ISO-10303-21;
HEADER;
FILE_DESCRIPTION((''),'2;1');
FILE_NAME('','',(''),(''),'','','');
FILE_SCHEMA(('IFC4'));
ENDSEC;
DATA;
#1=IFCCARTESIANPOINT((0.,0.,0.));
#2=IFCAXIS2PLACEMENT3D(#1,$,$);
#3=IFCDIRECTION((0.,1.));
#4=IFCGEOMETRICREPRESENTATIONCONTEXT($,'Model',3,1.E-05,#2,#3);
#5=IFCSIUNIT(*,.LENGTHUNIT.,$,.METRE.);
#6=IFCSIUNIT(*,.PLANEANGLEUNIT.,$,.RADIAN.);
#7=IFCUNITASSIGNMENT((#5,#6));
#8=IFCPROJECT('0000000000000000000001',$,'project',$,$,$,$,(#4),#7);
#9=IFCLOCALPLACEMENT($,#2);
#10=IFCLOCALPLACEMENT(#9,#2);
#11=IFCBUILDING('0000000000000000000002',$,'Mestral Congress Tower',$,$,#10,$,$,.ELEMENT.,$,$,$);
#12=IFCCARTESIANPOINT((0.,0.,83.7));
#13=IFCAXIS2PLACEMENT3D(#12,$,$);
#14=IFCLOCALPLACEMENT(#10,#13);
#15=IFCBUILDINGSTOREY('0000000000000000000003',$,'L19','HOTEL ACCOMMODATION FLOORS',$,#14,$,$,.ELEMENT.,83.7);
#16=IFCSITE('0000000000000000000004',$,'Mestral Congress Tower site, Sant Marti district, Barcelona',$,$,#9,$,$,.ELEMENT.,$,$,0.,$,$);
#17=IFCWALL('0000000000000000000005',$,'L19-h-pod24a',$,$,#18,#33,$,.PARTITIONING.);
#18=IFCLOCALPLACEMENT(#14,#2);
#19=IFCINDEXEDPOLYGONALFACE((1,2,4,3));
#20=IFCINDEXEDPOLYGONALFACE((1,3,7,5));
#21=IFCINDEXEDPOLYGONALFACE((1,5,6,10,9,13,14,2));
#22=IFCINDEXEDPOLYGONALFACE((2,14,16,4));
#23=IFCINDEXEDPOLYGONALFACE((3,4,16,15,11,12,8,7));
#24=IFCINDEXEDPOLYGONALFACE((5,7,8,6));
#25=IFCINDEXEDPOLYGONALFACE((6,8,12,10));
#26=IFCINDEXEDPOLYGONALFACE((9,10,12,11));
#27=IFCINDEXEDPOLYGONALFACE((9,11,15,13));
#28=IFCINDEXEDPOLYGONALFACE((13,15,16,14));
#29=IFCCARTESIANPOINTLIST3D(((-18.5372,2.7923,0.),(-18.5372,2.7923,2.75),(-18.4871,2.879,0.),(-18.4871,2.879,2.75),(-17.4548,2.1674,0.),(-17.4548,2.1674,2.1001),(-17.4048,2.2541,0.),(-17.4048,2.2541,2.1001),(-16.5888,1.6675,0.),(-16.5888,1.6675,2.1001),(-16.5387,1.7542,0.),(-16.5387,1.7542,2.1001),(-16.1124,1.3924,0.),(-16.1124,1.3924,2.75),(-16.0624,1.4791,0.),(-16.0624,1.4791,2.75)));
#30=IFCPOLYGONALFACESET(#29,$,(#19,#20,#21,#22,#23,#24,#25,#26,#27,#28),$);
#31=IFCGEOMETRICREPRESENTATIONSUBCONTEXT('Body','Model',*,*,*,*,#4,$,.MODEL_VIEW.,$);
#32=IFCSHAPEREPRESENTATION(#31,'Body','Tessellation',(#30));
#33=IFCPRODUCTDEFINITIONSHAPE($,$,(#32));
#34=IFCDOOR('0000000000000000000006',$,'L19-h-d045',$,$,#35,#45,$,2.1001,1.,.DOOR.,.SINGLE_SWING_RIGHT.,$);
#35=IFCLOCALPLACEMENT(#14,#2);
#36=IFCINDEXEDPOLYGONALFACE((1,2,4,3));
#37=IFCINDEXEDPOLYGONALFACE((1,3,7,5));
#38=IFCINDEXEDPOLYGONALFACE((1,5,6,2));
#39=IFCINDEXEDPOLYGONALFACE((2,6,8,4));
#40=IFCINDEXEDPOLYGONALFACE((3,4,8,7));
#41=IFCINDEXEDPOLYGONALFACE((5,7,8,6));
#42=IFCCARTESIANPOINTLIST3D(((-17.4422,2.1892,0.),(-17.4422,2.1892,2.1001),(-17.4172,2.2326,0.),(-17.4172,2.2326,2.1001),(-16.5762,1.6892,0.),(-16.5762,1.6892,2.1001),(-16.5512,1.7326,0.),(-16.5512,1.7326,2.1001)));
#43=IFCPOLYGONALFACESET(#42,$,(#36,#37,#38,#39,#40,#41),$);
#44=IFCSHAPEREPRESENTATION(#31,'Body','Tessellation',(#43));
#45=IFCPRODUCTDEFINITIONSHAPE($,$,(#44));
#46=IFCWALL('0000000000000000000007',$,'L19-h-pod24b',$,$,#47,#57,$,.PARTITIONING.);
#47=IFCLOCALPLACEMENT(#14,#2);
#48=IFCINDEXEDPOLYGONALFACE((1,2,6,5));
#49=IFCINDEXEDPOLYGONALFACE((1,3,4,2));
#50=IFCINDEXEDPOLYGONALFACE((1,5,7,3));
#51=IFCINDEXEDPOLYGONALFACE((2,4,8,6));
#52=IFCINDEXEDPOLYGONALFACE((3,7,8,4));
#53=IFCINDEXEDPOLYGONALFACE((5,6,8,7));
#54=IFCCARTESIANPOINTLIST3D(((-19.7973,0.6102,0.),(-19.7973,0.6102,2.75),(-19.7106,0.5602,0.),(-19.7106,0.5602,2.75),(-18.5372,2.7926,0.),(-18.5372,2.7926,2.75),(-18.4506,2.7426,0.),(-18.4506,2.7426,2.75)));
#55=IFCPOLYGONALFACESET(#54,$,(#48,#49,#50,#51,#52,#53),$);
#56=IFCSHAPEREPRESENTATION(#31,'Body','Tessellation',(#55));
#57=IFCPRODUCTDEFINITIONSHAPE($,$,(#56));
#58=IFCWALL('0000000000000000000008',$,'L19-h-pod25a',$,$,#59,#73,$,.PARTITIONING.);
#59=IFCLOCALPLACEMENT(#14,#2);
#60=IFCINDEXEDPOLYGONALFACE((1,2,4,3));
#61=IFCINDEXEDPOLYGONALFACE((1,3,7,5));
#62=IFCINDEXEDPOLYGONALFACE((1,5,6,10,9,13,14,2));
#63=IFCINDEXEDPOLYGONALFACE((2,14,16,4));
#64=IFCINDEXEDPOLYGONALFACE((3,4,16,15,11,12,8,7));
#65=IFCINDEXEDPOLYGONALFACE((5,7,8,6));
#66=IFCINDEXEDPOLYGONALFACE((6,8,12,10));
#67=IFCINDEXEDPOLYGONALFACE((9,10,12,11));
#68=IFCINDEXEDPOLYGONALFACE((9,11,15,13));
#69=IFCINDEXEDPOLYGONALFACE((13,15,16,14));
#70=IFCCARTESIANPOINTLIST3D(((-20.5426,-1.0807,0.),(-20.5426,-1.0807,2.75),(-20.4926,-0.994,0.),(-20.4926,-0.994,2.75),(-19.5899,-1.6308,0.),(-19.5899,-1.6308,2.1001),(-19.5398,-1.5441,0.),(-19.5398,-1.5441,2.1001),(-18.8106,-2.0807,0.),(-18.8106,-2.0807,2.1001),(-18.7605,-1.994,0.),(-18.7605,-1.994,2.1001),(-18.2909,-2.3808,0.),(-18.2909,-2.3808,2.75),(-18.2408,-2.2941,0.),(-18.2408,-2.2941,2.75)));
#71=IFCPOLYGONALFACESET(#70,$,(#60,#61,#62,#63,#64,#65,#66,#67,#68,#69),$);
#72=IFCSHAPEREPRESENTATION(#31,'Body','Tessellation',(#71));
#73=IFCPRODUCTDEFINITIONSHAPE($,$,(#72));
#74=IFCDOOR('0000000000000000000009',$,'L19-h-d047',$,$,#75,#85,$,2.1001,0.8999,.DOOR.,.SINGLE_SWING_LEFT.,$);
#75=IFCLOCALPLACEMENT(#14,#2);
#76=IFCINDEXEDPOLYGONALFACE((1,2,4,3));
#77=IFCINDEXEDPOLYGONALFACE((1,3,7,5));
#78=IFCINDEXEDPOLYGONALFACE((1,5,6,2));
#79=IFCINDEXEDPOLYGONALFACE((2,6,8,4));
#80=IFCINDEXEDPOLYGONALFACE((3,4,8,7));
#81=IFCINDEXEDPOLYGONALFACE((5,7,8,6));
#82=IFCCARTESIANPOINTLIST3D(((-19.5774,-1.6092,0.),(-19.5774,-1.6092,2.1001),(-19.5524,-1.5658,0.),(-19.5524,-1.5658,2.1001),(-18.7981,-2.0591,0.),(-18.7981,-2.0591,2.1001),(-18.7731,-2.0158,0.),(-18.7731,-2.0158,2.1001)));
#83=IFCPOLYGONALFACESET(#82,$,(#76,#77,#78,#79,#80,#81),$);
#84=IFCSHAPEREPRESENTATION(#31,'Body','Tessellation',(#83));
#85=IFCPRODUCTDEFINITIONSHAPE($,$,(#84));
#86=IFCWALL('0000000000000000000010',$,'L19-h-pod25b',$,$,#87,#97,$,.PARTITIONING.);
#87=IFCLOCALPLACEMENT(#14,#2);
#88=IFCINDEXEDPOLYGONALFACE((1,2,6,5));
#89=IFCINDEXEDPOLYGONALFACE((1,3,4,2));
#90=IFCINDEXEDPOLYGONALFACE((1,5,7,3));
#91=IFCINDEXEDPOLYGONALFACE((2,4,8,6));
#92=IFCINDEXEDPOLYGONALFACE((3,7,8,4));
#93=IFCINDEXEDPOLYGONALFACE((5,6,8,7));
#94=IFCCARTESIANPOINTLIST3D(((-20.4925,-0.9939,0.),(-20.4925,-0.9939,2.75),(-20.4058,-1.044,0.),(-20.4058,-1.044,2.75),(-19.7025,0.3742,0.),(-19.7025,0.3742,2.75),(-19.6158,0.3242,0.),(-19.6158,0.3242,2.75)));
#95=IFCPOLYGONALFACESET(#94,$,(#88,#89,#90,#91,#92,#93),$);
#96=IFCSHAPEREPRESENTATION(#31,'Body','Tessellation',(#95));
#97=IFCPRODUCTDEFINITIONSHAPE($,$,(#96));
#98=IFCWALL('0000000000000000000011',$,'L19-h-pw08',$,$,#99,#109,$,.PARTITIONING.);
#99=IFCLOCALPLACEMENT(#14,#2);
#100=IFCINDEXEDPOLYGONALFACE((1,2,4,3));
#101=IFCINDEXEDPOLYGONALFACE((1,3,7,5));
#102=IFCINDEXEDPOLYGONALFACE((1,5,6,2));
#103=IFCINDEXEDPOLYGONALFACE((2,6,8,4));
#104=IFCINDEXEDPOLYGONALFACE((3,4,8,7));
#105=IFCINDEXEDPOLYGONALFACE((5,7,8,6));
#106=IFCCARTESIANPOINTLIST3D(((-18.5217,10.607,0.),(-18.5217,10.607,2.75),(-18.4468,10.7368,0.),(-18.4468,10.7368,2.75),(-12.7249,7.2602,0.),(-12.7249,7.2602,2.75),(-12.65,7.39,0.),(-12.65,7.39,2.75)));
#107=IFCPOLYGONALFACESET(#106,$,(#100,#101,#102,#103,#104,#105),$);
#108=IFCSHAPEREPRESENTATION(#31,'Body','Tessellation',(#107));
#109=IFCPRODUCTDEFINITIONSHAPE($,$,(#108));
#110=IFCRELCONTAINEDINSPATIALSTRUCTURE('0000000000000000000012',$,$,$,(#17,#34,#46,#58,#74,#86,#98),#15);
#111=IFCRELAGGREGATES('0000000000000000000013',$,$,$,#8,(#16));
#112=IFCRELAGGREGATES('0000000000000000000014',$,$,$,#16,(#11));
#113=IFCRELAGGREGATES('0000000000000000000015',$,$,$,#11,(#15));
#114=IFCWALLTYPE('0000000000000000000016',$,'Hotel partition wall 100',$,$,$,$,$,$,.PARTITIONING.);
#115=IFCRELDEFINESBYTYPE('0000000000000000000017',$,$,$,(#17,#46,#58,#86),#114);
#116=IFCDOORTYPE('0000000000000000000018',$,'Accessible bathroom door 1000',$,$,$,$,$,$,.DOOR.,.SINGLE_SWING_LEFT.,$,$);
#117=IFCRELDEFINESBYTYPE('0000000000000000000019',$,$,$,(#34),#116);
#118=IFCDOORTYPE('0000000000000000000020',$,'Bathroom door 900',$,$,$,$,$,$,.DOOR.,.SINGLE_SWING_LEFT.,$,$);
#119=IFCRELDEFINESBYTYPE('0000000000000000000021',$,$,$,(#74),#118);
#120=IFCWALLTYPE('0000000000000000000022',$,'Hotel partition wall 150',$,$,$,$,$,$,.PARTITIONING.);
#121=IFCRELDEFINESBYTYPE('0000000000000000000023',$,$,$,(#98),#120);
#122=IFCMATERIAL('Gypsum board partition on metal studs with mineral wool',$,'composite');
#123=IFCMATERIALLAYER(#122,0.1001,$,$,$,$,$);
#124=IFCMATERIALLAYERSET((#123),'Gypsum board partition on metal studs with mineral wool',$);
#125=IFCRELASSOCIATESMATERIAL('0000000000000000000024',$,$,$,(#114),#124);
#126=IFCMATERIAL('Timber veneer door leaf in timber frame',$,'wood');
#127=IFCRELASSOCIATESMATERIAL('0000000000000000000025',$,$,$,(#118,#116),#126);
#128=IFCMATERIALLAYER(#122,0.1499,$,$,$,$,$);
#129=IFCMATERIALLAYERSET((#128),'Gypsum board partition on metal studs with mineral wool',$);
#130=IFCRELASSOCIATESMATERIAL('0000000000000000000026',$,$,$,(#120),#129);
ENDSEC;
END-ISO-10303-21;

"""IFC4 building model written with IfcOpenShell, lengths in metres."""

from ifc_helpers import new_model, si_unit, direction, frame, frame_2d, origin, place, context, subcontext, project, spatial, rectangle, extrude, material, layer, layer_set, type_object, element, fill, save


model = new_model("IFC4")

# Units and contexts
model_context = context("Model", 3, precision=1e-05, world=origin(), true_north=direction((0.0, 1.0)))
body_context = subcontext(model_context, "Body", "Model", "MODEL_VIEW")
ifc_project = project(units=[si_unit("LENGTHUNIT", "METRE"), si_unit("PLANEANGLEUNIT", "RADIAN")], contexts=[model_context])

# Site, building, storey
site_placement = place(None, origin())
site = spatial("IfcSite", under=ifc_project, at=site_placement, Name="Mestral Congress Tower site, Sant Marti district, Barcelona", CompositionType="ELEMENT", RefElevation=0.0)
building_placement = place(site_placement, origin())
building = spatial("IfcBuilding", under=site, at=building_placement, Name="Mestral Congress Tower", CompositionType="ELEMENT")
storey_placement = place(building_placement, frame((0.0, 0.0, 83.7)))
storey = spatial("IfcBuildingStorey", under=building, at=storey_placement, Name="L19", Description="HOTEL ACCOMMODATION FLOORS", CompositionType="ELEMENT", Elevation=83.7)

# Shared definitions
ifc_material_1 = material(Name="Gypsum board partition on metal studs with mineral wool", Category="composite")
ifc_layer_1 = layer(ifc_material_1, 0.1001)
ifc_layer_set_1 = layer_set([ifc_layer_1], Name="Gypsum board partition on metal studs with mineral wool")
wall_type_1 = type_object("IfcWallType", Name="Hotel partition wall 100", PredefinedType="PARTITIONING", material=ifc_layer_set_1)
ifc_material_2 = material(Name="Timber veneer door leaf in timber frame", Category="wood")
door_type_1 = type_object("IfcDoorType", Name="Bathroom door 900", OperationType="SINGLE_SWING_LEFT", PredefinedType="DOOR", material=ifc_material_2)

# Wall, opening, door
wall_1_placement = place(storey_placement, frame((-16.0874, 1.4358, 0.0), z_axis=(0.0, 0.0, 1.0), x_axis=(-0.866035, 0.499984, 0.0)))
wall_1 = element("IfcWall", 1, at=wall_1_placement, inside=storey, type_object=wall_type_1, Name="L19-h-pod24a", PredefinedType="PARTITIONING", context=body_context, shape_type="SweptSolid", body=[
    extrude(rectangle(XDim=2.7998, YDim=0.1001, at=frame_2d((1.3999, 0.0))), origin(), (0.0, 0.0, 1.0), 2.75),
])
opening_1_placement = place(wall_1_placement, frame((0.55, 0.0, 0.0)))
opening_1 = element("IfcOpeningElement", 2, at=opening_1_placement, cuts=wall_1, PredefinedType="OPENING", context=body_context, shape_type="SweptSolid", body=[
    extrude(rectangle(XDim=1.0, YDim=2.1001, at=frame_2d((0.5, 1.05))), frame((0.0, 0.0601, 0.0), z_axis=(0.0, -1.0, 0.0), x_axis=(1.0, 0.0, 0.0)), (0.0, 0.0, 1.0), 0.1201),
])
door_type_2 = type_object("IfcDoorType", Name="Accessible bathroom door 1000", OperationType="SINGLE_SWING_LEFT", PredefinedType="DOOR", material=ifc_material_2)
door_1_placement = place(opening_1_placement, origin())
door_1 = element("IfcDoor", 3, at=door_1_placement, inside=storey, type_object=door_type_2, Name="L19-h-d045", OperationType="SINGLE_SWING_RIGHT", OverallHeight=2.1001, OverallWidth=1.0, PredefinedType="DOOR", context=body_context, shape_type="SweptSolid", body=[
    extrude(rectangle(XDim=1.0, YDim=2.1001, at=frame_2d((0.5, 1.05))), frame((0.0, 0.0249, 0.0), z_axis=(0.0, -1.0, 0.0), x_axis=(1.0, 0.0, 0.0)), (0.0, 0.0, 1.0), 0.05),
])
fill(opening_1, door_1)

# Wall
wall_2_placement = place(storey_placement, frame((-18.4939, 2.7676, 0.0), z_axis=(0.0, 0.0, 1.0), x_axis=(-0.500005, -0.866023, 0.0)))
element("IfcWall", 4, at=wall_2_placement, inside=storey, type_object=wall_type_1, Name="L19-h-pod24b", PredefinedType="PARTITIONING", context=body_context, shape_type="SweptSolid", body=[
    extrude(rectangle(XDim=2.52, YDim=0.1001, at=frame_2d((1.26, 0.0))), origin(), (0.0, 0.0, 1.0), 2.75),
])

# Wall, opening, door
wall_3_placement = place(storey_placement, frame((-20.5176, -1.0374, 0.0), z_axis=(0.0, 0.0, 1.0), x_axis=(0.866021, -0.500007, 0.0)))
wall_3 = element("IfcWall", 5, at=wall_3_placement, inside=storey, type_object=wall_type_1, Name="L19-h-pod25a", PredefinedType="PARTITIONING", context=body_context, shape_type="SweptSolid", body=[
    extrude(rectangle(XDim=2.6001, YDim=0.1001, at=frame_2d((1.3, 0.0))), origin(), (0.0, 0.0, 1.0), 2.75),
])
opening_2_placement = place(wall_3_placement, frame((1.1001, 0.0, 0.0)))
opening_2 = element("IfcOpeningElement", 6, at=opening_2_placement, cuts=wall_3, PredefinedType="OPENING", context=body_context, shape_type="SweptSolid", body=[
    extrude(rectangle(XDim=0.8999, YDim=2.1001, at=frame_2d((0.45, 1.05))), frame((0.0, 0.0601, 0.0), z_axis=(0.0, -1.0, 0.0), x_axis=(1.0, 0.0, 0.0)), (0.0, 0.0, 1.0), 0.1201),
])
door_2_placement = place(opening_2_placement, origin())
door_2 = element("IfcDoor", 7, at=door_2_placement, inside=storey, type_object=door_type_1, Name="L19-h-d047", OperationType="SINGLE_SWING_LEFT", OverallHeight=2.1001, OverallWidth=0.8999, PredefinedType="DOOR", context=body_context, shape_type="SweptSolid", body=[
    extrude(rectangle(XDim=0.8999, YDim=2.1001, at=frame_2d((0.45, 1.05))), frame((0.0, 0.0249, 0.0), z_axis=(0.0, -1.0, 0.0), x_axis=(1.0, 0.0, 0.0)), (0.0, 0.0, 1.0), 0.05),
])
fill(opening_2, door_2)

# Walls
wall_4_placement = place(storey_placement, frame((-20.4492, -1.019, 0.0), z_axis=(0.0, 0.0, 1.0), x_axis=(0.500061, 0.86599, 0.0)))
element("IfcWall", 8, at=wall_4_placement, inside=storey, type_object=wall_type_1, Name="L19-h-pod25b", PredefinedType="PARTITIONING", context=body_context, shape_type="SweptSolid", body=[
    extrude(rectangle(XDim=1.5798, YDim=0.1001, at=frame_2d((0.79, 0.0))), origin(), (0.0, 0.0, 1.0), 2.75),
])
ifc_layer_2 = layer(ifc_material_1, 0.1499)
ifc_layer_set_2 = layer_set([ifc_layer_2], Name="Gypsum board partition on metal studs with mineral wool")
wall_type_2 = type_object("IfcWallType", Name="Hotel partition wall 150", PredefinedType="PARTITIONING", material=ifc_layer_set_2)
wall_5_placement = place(storey_placement, frame((-18.4841, 10.6719, 0.0), z_axis=(0.0, 0.0, 1.0), x_axis=(0.866019, -0.500011, 0.0)))
element("IfcWall", 9, at=wall_5_placement, inside=storey, type_object=wall_type_2, Name="L19-h-pw08", PredefinedType="PARTITIONING", context=body_context, shape_type="SweptSolid", body=[
    extrude(rectangle(XDim=6.6936, YDim=0.1499, at=frame_2d((3.3467, 0.0))), origin(), (0.0, 0.0, 1.0), 2.75),
])

save(model, "model.ifc")
